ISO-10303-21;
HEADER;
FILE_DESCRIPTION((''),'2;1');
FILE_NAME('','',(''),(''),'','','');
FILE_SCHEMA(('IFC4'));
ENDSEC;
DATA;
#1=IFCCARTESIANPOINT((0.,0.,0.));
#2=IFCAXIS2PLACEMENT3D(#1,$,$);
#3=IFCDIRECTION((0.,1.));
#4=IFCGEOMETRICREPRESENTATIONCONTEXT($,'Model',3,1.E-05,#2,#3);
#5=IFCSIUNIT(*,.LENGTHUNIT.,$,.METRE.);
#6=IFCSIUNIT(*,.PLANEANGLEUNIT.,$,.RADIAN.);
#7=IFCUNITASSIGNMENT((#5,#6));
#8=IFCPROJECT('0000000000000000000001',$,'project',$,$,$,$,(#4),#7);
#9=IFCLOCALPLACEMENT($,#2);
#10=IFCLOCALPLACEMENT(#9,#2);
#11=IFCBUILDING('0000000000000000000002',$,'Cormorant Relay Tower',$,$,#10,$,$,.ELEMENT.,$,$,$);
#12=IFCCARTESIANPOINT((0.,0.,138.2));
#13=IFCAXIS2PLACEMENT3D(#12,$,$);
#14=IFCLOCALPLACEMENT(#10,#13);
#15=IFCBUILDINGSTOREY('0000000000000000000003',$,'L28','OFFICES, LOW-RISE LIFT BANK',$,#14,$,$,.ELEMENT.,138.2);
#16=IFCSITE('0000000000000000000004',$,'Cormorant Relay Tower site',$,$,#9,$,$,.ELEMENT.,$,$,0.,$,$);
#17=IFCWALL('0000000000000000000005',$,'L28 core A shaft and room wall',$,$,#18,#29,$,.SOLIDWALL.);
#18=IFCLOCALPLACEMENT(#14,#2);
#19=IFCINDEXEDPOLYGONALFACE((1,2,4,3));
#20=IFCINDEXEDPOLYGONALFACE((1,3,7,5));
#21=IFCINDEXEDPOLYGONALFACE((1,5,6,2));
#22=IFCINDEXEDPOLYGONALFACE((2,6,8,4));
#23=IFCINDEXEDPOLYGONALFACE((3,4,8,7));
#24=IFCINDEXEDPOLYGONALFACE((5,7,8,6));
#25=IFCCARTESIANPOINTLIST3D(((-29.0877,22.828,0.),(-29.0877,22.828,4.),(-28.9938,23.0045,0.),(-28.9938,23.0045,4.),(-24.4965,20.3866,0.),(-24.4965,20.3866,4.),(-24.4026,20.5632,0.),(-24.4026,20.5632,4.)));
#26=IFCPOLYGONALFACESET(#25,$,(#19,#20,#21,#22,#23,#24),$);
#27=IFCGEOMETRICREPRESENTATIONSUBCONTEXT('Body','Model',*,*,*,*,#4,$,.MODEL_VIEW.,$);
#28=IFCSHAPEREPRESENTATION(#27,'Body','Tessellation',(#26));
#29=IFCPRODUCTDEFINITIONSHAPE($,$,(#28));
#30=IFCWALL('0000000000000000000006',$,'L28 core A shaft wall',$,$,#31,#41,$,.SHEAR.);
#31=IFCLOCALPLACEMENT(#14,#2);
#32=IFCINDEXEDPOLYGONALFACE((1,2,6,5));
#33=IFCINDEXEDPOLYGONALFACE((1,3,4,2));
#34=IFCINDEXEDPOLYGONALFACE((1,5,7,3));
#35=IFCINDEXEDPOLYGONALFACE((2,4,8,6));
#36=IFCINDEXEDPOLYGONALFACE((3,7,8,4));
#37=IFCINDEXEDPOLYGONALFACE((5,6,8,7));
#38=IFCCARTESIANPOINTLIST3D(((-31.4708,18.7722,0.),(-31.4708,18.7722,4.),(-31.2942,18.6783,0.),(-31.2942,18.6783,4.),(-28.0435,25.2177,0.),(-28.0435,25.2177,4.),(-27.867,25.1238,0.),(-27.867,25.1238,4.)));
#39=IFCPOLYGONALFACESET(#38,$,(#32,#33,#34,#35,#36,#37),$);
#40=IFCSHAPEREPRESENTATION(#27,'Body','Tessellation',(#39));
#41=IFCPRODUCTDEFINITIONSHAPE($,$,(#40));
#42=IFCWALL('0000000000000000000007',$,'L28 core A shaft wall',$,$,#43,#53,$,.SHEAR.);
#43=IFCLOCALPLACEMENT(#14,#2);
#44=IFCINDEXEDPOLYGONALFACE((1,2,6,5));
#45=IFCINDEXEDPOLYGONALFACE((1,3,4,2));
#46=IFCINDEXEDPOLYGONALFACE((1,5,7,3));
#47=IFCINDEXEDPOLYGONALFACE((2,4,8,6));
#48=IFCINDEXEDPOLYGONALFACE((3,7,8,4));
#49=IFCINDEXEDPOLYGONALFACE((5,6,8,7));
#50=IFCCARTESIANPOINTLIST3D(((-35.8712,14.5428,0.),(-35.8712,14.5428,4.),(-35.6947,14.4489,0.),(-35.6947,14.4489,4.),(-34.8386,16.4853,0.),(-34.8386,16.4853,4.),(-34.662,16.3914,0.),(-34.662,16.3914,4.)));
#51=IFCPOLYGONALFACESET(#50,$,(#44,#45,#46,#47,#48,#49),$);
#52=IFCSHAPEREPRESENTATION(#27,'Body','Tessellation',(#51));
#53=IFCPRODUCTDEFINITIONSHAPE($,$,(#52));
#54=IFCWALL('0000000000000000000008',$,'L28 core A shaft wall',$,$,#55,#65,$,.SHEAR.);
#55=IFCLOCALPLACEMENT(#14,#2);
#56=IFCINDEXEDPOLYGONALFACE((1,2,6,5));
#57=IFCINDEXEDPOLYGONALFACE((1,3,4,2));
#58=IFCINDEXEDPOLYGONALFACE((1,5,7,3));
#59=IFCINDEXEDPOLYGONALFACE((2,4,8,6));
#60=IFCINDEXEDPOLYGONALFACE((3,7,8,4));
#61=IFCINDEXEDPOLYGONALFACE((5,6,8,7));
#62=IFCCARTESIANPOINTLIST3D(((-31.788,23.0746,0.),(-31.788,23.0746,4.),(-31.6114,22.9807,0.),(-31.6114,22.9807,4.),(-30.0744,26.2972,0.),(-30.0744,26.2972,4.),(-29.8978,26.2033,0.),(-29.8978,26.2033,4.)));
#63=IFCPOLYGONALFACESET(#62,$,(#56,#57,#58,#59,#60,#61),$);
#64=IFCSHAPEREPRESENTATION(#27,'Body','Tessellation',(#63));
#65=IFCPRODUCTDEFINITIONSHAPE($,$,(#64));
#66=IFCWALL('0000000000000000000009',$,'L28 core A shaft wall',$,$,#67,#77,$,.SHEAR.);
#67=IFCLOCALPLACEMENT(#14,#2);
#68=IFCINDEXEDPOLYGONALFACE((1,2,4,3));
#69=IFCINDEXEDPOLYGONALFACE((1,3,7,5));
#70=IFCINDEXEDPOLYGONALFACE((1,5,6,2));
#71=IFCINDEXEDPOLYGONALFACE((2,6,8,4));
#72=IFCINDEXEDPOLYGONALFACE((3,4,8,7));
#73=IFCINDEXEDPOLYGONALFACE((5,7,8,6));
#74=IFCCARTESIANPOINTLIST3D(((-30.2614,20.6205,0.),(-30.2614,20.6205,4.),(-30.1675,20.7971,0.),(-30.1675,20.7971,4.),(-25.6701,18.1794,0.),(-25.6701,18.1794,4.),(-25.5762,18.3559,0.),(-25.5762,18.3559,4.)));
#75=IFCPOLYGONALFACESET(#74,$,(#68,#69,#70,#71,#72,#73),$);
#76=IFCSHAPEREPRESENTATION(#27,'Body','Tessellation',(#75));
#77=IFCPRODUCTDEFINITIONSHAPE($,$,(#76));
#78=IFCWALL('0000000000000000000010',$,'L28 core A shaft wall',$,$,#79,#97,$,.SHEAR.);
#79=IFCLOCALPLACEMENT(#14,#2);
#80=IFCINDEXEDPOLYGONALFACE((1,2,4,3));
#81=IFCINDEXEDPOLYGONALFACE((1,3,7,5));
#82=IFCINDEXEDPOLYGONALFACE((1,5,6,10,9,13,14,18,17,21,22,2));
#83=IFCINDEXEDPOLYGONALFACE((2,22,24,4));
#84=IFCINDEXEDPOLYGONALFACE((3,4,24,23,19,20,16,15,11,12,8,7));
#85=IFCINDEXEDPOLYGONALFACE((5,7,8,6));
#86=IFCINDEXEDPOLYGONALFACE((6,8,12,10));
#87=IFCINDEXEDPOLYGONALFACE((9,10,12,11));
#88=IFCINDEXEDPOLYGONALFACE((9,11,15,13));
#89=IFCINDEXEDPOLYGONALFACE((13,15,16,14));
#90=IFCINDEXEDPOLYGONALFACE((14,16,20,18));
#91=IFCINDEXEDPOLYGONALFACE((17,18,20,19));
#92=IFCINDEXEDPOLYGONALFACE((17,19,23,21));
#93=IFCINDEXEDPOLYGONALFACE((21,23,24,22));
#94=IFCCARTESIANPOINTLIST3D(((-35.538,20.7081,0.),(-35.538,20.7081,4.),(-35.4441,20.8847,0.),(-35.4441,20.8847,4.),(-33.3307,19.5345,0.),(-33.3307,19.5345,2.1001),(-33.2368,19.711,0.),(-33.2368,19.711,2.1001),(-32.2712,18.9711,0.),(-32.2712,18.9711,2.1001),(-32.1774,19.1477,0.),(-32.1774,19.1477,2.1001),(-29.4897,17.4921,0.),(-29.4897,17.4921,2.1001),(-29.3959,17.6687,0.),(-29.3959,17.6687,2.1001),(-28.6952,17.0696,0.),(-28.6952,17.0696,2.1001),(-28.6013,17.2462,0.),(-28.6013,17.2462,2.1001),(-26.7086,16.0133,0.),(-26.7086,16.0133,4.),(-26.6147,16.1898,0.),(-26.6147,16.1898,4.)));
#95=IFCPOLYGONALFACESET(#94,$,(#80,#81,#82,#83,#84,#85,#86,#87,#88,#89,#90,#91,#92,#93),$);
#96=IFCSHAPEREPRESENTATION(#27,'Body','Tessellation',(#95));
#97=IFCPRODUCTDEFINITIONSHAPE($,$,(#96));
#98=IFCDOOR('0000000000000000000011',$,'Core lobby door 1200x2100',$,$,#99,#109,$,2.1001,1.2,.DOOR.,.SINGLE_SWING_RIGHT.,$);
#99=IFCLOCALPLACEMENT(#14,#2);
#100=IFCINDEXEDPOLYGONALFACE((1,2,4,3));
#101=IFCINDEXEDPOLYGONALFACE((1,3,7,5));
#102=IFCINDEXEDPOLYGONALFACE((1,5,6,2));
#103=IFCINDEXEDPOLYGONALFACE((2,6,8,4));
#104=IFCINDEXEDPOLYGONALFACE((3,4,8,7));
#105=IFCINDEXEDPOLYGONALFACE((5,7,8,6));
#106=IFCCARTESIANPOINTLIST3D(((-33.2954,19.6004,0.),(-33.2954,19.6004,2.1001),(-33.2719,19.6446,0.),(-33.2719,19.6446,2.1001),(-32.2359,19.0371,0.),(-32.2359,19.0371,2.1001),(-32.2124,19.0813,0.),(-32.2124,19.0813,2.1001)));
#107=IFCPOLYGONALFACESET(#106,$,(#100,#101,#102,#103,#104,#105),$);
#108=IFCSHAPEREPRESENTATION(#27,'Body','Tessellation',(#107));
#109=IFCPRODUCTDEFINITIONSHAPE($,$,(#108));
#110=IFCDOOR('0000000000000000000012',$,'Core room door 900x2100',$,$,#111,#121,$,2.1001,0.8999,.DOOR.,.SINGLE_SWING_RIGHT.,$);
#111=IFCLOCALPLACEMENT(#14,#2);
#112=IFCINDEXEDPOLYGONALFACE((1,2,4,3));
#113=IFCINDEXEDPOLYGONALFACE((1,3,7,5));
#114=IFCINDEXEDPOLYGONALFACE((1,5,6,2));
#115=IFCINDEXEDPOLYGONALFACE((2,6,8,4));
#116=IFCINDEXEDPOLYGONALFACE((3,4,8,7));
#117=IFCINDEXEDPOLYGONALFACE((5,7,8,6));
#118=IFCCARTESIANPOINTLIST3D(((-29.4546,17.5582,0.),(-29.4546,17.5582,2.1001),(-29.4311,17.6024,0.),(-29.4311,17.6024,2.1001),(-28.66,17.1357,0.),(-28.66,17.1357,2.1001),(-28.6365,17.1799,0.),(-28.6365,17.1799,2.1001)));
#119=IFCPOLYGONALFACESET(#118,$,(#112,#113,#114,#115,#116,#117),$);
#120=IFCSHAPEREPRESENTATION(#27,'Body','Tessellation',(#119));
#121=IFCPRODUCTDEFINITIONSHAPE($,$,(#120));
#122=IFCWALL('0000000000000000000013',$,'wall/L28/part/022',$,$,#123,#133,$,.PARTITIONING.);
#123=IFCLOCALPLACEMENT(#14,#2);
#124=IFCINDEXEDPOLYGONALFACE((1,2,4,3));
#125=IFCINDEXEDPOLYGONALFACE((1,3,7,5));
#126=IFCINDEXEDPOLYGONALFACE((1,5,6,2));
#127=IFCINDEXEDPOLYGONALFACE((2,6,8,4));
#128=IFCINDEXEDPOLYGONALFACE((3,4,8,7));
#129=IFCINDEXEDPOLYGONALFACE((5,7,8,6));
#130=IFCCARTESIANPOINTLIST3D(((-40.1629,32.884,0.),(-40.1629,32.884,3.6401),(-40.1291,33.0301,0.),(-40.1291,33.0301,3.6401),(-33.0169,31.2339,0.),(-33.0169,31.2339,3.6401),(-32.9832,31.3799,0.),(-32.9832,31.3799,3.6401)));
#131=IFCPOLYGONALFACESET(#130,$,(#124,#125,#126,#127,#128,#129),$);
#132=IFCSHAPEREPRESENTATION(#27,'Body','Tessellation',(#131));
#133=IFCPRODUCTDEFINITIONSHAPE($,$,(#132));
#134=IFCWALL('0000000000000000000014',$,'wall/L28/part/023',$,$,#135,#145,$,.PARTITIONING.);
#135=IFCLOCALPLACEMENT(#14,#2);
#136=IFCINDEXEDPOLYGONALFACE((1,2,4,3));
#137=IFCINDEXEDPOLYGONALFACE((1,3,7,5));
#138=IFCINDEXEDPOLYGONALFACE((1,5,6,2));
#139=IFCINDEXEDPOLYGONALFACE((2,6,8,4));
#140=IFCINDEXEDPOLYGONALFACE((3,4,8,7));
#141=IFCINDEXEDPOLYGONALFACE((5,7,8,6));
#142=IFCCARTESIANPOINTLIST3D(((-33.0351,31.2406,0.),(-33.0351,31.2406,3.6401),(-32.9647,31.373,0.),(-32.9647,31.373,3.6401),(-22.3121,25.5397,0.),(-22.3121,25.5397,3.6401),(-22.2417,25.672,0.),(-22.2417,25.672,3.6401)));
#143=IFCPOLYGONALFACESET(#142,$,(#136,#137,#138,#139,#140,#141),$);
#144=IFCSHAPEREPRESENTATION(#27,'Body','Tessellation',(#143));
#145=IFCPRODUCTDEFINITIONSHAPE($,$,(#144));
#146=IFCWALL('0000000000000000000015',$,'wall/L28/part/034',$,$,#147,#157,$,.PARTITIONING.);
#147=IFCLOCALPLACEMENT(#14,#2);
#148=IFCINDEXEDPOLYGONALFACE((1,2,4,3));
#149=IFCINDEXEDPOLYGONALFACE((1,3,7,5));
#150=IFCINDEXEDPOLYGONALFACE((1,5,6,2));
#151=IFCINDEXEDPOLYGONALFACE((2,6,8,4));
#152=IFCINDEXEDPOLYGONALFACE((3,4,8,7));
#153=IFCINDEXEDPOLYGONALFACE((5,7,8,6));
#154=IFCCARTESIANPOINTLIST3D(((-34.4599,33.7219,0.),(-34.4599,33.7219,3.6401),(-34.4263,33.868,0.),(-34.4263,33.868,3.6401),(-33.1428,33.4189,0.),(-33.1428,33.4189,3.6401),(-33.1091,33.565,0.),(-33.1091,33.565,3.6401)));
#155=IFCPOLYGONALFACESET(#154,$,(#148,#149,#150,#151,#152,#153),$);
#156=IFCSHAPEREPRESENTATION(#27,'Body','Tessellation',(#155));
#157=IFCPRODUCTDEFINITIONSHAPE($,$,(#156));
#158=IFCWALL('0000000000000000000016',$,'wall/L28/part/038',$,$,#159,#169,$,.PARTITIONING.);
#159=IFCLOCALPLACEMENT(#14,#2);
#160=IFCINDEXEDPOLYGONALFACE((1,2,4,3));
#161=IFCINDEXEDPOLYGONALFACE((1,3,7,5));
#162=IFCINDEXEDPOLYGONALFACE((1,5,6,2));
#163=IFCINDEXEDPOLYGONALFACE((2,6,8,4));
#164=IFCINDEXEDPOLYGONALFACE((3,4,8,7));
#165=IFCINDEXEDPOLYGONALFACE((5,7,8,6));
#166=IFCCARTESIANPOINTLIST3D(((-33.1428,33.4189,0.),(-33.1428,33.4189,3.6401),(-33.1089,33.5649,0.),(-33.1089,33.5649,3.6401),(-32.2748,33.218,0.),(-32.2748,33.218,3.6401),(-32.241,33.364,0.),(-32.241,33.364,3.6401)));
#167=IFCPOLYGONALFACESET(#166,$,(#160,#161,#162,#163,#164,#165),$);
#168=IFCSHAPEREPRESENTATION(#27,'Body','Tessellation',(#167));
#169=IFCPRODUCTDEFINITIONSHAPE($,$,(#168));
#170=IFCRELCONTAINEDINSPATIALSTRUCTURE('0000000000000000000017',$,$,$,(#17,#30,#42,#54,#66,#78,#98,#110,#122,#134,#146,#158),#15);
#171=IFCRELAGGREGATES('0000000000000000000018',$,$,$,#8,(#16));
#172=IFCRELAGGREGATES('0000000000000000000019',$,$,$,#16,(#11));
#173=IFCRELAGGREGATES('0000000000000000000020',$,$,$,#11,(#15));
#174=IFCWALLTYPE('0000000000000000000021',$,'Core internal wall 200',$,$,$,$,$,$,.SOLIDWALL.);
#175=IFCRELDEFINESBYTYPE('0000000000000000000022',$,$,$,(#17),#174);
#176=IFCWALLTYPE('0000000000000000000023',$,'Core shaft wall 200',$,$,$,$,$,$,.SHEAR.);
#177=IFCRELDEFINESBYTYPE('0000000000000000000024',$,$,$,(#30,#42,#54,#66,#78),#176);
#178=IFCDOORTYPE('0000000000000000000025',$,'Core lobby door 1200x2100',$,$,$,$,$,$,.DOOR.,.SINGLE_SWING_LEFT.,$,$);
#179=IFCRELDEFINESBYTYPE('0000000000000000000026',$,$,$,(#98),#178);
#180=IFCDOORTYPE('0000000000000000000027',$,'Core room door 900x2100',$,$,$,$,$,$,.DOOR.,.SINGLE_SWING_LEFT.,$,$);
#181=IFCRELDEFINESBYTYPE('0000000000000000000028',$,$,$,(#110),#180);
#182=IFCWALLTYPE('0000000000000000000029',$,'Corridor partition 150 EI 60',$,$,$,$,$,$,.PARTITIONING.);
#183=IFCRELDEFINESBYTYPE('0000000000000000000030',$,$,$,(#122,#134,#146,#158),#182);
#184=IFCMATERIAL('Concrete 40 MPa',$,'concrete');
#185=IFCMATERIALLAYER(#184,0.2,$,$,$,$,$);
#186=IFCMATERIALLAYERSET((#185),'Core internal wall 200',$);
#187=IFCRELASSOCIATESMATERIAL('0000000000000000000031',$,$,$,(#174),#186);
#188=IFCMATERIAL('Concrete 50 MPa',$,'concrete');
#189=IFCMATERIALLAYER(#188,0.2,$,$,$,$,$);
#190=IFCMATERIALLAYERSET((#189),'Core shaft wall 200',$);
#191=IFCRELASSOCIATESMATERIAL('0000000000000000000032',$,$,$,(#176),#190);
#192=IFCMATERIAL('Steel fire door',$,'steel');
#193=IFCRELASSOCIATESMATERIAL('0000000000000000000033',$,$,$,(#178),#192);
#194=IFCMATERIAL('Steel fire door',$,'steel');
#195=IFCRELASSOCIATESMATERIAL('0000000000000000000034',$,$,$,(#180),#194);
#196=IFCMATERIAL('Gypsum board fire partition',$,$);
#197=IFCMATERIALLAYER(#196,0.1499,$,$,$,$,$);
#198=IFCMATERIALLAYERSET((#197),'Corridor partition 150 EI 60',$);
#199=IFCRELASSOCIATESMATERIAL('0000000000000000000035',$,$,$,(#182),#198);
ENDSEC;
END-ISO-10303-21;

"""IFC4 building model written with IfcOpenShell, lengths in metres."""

from ifc_helpers import new_model, si_unit, direction, frame, frame_2d, origin, place, context, subcontext, project, spatial, rectangle, extrude, material, layer, layer_set, type_object, element, fill, save


model = new_model("IFC4")

# Units and contexts
model_context = context("Model", 3, precision=1e-05, world=origin(), true_north=direction((0.0, 1.0)))
body_context = subcontext(model_context, "Body", "Model", "MODEL_VIEW")
ifc_project = project(units=[si_unit("LENGTHUNIT", "METRE"), si_unit("PLANEANGLEUNIT", "RADIAN")], contexts=[model_context])

# Site, building, storey
site_placement = place(None, origin())
site = spatial("IfcSite", under=ifc_project, at=site_placement, Name="Cormorant Relay Tower site", CompositionType="ELEMENT", RefElevation=0.0)
building_placement = place(site_placement, origin())
building = spatial("IfcBuilding", under=site, at=building_placement, Name="Cormorant Relay Tower", CompositionType="ELEMENT")
storey_placement = place(building_placement, frame((0.0, 0.0, 138.2)))
storey = spatial("IfcBuildingStorey", under=building, at=storey_placement, Name="L28", Description="OFFICES, LOW-RISE LIFT BANK", CompositionType="ELEMENT", Elevation=138.2)

# Walls
ifc_material_1 = material(Name="Concrete 40 MPa", Category="concrete")
ifc_layer_1 = layer(ifc_material_1, 0.2)
ifc_layer_set_1 = layer_set([ifc_layer_1], Name="Core internal wall 200")
wall_type_1 = type_object("IfcWallType", Name="Core internal wall 200", PredefinedType="SOLIDWALL", material=ifc_layer_set_1)
wall_1_placement = place(storey_placement, frame((-24.4495, 20.4749, 0.0), z_axis=(0.0, 0.0, 1.0), x_axis=(-0.882935, 0.469496, 0.0)))
element("IfcWall", 1, at=wall_1_placement, inside=storey, type_object=wall_type_1, Name="L28 core A shaft and room wall", PredefinedType="SOLIDWALL", context=body_context, shape_type="SweptSolid", body=[
    extrude(rectangle(XDim=5.2, YDim=0.2, at=frame_2d((2.6001, 0.0))), origin(), (0.0, 0.0, 1.0), 4.0),
])
ifc_material_2 = material(Name="Concrete 50 MPa", Category="concrete")
ifc_layer_2 = layer(ifc_material_2, 0.2)
ifc_layer_set_2 = layer_set([ifc_layer_2], Name="Core shaft wall 200")
wall_type_2 = type_object("IfcWallType", Name="Core shaft wall 200", PredefinedType="SHEAR", material=ifc_layer_set_2)
wall_2_placement = place(storey_placement, frame((-27.9553, 25.1707, 0.0), z_axis=(0.0, 0.0, 1.0), x_axis=(-0.46948, -0.882943, 0.0)))
element("IfcWall", 2, at=wall_2_placement, inside=storey, type_object=wall_type_2, Name="L28 core A shaft wall", PredefinedType="SHEAR", context=body_context, shape_type="SweptSolid", body=[
    extrude(rectangle(XDim=7.3, YDim=0.2, at=frame_2d((3.6499, 0.0))), origin(), (0.0, 0.0, 1.0), 4.0),
])
wall_3_placement = place(storey_placement, frame((-34.7502, 16.4385, 0.0), z_axis=(0.0, 0.0, 1.0), x_axis=(-0.469401, -0.882985, 0.0)))
element("IfcWall", 3, at=wall_3_placement, inside=storey, type_object=wall_type_2, Name="L28 core A shaft wall", PredefinedType="SHEAR", context=body_context, shape_type="SweptSolid", body=[
    extrude(rectangle(XDim=2.2, YDim=0.2, at=frame_2d((1.1001, 0.0))), origin(), (0.0, 0.0, 1.0), 4.0),
])
wall_4_placement = place(storey_placement, frame((-29.9861, 26.2502, 0.0), z_axis=(0.0, 0.0, 1.0), x_axis=(-0.469494, -0.882936, 0.0)))
element("IfcWall", 4, at=wall_4_placement, inside=storey, type_object=wall_type_2, Name="L28 core A shaft wall", PredefinedType="SHEAR", context=body_context, shape_type="SweptSolid", body=[
    extrude(rectangle(XDim=3.6499, YDim=0.2, at=frame_2d((1.825, 0.0))), origin(), (0.0, 0.0, 1.0), 4.0),
])

# Wall
wall_5_placement = place(storey_placement, frame((-25.623, 18.2676, 0.0), z_axis=(0.0, 0.0, 1.0), x_axis=(-0.882954, 0.46946, 0.0)))
element("IfcWall", 5, at=wall_5_placement, inside=storey, type_object=wall_type_2, Name="L28 core A shaft wall", PredefinedType="SHEAR", context=body_context, shape_type="SweptSolid", body=[
    extrude(rectangle(XDim=5.2, YDim=0.2, at=frame_2d((2.6001, 0.0))), origin(), (0.0, 0.0, 1.0), 4.0),
])

# Wall, openings, doors
wall_6_placement = place(storey_placement, frame((-26.6616, 16.1016, 0.0), z_axis=(0.0, 0.0, 1.0), x_axis=(-0.88294, 0.469485, 0.0)))
wall_6 = element("IfcWall", 6, at=wall_6_placement, inside=storey, type_object=wall_type_2, Name="L28 core A shaft wall", PredefinedType="SHEAR", context=body_context, shape_type="SweptSolid", body=[
    extrude(rectangle(XDim=10.0, YDim=0.2, at=frame_2d((5.0, 0.0))), origin(), (0.0, 0.0, 1.0), 4.0),
])
opening_1_placement = place(wall_6_placement, frame((6.3, 0.0, 0.0)))
opening_1 = element("IfcOpeningElement", 7, at=opening_1_placement, cuts=wall_6, PredefinedType="OPENING", context=body_context, shape_type="SweptSolid", body=[
    extrude(rectangle(XDim=1.2, YDim=2.1001, at=frame_2d((0.6001, 1.05))), frame((0.0, 0.1099, 0.0), z_axis=(0.0, -1.0, 0.0), x_axis=(1.0, 0.0, 0.0)), (0.0, 0.0, 1.0), 0.22),
])
opening_2_placement = place(wall_6_placement, frame((2.25, 0.0, 0.0)))
opening_2 = element("IfcOpeningElement", 8, at=opening_2_placement, cuts=wall_6, PredefinedType="OPENING", context=body_context, shape_type="SweptSolid", body=[
    extrude(rectangle(XDim=0.8999, YDim=2.1001, at=frame_2d((0.45, 1.05))), frame((0.0, 0.1099, 0.0), z_axis=(0.0, -1.0, 0.0), x_axis=(1.0, 0.0, 0.0)), (0.0, 0.0, 1.0), 0.22),
])
ifc_material_3 = material(Name="Steel fire door", Category="steel")
door_type_1 = type_object("IfcDoorType", Name="Core lobby door 1200x2100", OperationType="SINGLE_SWING_LEFT", PredefinedType="DOOR", material=ifc_material_3)
door_1_placement = place(opening_1_placement, frame((1.2, 0.0, 0.0), z_axis=(0.0, 0.0, 1.0), x_axis=(-1.0, 0.0, 0.0)))
door_1 = element("IfcDoor", 9, at=door_1_placement, inside=storey, type_object=door_type_1, Name="Core lobby door 1200x2100", OperationType="SINGLE_SWING_RIGHT", OverallHeight=2.1001, OverallWidth=1.2, PredefinedType="DOOR", context=body_context, shape_type="SweptSolid", body=[
    extrude(rectangle(XDim=1.2, YDim=2.1001, at=frame_2d((0.6001, 1.05))), frame((0.0, 0.0249, 0.0), z_axis=(0.0, -1.0, 0.0), x_axis=(1.0, 0.0, 0.0)), (0.0, 0.0, 1.0), 0.05),
])
fill(opening_1, door_1)
ifc_material_4 = material(Name="Steel fire door", Category="steel")
door_type_2 = type_object("IfcDoorType", Name="Core room door 900x2100", OperationType="SINGLE_SWING_LEFT", PredefinedType="DOOR", material=ifc_material_4)
door_2_placement = place(opening_2_placement, frame((0.8999, 0.0, 0.0), z_axis=(0.0, 0.0, 1.0), x_axis=(-1.0, 0.0, 0.0)))
door_2 = element("IfcDoor", 10, at=door_2_placement, inside=storey, type_object=door_type_2, Name="Core room door 900x2100", OperationType="SINGLE_SWING_RIGHT", OverallHeight=2.1001, OverallWidth=0.8999, PredefinedType="DOOR", context=body_context, shape_type="SweptSolid", body=[
    extrude(rectangle(XDim=0.8999, YDim=2.1001, at=frame_2d((0.45, 1.05))), frame((0.0, 0.0249, 0.0), z_axis=(0.0, -1.0, 0.0), x_axis=(1.0, 0.0, 0.0)), (0.0, 0.0, 1.0), 0.05),
])
fill(opening_2, door_2)

# Walls
ifc_material_5 = material(Name="Gypsum board fire partition")
ifc_layer_3 = layer(ifc_material_5, 0.1499)
ifc_layer_set_3 = layer_set([ifc_layer_3], Name="Corridor partition 150 EI 60")
wall_type_3 = type_object("IfcWallType", Name="Corridor partition 150 EI 60", PredefinedType="PARTITIONING", material=ifc_layer_set_3)
wall_7_placement = place(storey_placement, frame((-40.146, 32.957, 0.0), z_axis=(0.0, 0.0, 1.0), x_axis=(0.974359, -0.224998, 0.0)))
element("IfcWall", 11, at=wall_7_placement, inside=storey, type_object=wall_type_3, Name="wall/L28/part/022", PredefinedType="PARTITIONING", context=body_context, shape_type="SweptSolid", body=[
    extrude(rectangle(XDim=7.334, YDim=0.1499, at=frame_2d((3.667, 0.0))), origin(), (0.0, 0.0, 1.0), 3.6401),
])
wall_8_placement = place(storey_placement, frame((-33.0, 31.3069, 0.0), z_axis=(0.0, 0.0, 1.0), x_axis=(0.882966, -0.469437, 0.0)))
element("IfcWall", 12, at=wall_8_placement, inside=storey, type_object=wall_type_3, Name="wall/L28/part/023", PredefinedType="PARTITIONING", context=body_context, shape_type="SweptSolid", body=[
    extrude(rectangle(XDim=12.1443, YDim=0.1499, at=frame_2d((6.0723, 0.0))), origin(), (0.0, 0.0, 1.0), 3.6401),
])
wall_9_placement = place(storey_placement, frame((-34.4431, 33.7949, 0.0), z_axis=(0.0, 0.0, 1.0), x_axis=(0.974549, -0.224173, 0.0)))
element("IfcWall", 13, at=wall_9_placement, inside=storey, type_object=wall_type_3, Name="wall/L28/part/034", PredefinedType="PARTITIONING", context=body_context, shape_type="SweptSolid", body=[
    extrude(rectangle(XDim=1.3516, YDim=0.1499, at=frame_2d((0.6758, 0.0))), origin(), (0.0, 0.0, 1.0), 3.6401),
])
wall_10_placement = place(storey_placement, frame((-32.2581, 33.291, 0.0), z_axis=(0.0, 0.0, 1.0), x_axis=(-0.974234, 0.22554, 0.0)))
element("IfcWall", 14, at=wall_10_placement, inside=storey, type_object=wall_type_3, Name="wall/L28/part/038", PredefinedType="PARTITIONING", context=body_context, shape_type="SweptSolid", body=[
    extrude(rectangle(XDim=0.8909, YDim=0.1499, at=frame_2d((0.4453, 0.0))), origin(), (0.0, 0.0, 1.0), 3.6401),
])

save(model, "model.ifc")
